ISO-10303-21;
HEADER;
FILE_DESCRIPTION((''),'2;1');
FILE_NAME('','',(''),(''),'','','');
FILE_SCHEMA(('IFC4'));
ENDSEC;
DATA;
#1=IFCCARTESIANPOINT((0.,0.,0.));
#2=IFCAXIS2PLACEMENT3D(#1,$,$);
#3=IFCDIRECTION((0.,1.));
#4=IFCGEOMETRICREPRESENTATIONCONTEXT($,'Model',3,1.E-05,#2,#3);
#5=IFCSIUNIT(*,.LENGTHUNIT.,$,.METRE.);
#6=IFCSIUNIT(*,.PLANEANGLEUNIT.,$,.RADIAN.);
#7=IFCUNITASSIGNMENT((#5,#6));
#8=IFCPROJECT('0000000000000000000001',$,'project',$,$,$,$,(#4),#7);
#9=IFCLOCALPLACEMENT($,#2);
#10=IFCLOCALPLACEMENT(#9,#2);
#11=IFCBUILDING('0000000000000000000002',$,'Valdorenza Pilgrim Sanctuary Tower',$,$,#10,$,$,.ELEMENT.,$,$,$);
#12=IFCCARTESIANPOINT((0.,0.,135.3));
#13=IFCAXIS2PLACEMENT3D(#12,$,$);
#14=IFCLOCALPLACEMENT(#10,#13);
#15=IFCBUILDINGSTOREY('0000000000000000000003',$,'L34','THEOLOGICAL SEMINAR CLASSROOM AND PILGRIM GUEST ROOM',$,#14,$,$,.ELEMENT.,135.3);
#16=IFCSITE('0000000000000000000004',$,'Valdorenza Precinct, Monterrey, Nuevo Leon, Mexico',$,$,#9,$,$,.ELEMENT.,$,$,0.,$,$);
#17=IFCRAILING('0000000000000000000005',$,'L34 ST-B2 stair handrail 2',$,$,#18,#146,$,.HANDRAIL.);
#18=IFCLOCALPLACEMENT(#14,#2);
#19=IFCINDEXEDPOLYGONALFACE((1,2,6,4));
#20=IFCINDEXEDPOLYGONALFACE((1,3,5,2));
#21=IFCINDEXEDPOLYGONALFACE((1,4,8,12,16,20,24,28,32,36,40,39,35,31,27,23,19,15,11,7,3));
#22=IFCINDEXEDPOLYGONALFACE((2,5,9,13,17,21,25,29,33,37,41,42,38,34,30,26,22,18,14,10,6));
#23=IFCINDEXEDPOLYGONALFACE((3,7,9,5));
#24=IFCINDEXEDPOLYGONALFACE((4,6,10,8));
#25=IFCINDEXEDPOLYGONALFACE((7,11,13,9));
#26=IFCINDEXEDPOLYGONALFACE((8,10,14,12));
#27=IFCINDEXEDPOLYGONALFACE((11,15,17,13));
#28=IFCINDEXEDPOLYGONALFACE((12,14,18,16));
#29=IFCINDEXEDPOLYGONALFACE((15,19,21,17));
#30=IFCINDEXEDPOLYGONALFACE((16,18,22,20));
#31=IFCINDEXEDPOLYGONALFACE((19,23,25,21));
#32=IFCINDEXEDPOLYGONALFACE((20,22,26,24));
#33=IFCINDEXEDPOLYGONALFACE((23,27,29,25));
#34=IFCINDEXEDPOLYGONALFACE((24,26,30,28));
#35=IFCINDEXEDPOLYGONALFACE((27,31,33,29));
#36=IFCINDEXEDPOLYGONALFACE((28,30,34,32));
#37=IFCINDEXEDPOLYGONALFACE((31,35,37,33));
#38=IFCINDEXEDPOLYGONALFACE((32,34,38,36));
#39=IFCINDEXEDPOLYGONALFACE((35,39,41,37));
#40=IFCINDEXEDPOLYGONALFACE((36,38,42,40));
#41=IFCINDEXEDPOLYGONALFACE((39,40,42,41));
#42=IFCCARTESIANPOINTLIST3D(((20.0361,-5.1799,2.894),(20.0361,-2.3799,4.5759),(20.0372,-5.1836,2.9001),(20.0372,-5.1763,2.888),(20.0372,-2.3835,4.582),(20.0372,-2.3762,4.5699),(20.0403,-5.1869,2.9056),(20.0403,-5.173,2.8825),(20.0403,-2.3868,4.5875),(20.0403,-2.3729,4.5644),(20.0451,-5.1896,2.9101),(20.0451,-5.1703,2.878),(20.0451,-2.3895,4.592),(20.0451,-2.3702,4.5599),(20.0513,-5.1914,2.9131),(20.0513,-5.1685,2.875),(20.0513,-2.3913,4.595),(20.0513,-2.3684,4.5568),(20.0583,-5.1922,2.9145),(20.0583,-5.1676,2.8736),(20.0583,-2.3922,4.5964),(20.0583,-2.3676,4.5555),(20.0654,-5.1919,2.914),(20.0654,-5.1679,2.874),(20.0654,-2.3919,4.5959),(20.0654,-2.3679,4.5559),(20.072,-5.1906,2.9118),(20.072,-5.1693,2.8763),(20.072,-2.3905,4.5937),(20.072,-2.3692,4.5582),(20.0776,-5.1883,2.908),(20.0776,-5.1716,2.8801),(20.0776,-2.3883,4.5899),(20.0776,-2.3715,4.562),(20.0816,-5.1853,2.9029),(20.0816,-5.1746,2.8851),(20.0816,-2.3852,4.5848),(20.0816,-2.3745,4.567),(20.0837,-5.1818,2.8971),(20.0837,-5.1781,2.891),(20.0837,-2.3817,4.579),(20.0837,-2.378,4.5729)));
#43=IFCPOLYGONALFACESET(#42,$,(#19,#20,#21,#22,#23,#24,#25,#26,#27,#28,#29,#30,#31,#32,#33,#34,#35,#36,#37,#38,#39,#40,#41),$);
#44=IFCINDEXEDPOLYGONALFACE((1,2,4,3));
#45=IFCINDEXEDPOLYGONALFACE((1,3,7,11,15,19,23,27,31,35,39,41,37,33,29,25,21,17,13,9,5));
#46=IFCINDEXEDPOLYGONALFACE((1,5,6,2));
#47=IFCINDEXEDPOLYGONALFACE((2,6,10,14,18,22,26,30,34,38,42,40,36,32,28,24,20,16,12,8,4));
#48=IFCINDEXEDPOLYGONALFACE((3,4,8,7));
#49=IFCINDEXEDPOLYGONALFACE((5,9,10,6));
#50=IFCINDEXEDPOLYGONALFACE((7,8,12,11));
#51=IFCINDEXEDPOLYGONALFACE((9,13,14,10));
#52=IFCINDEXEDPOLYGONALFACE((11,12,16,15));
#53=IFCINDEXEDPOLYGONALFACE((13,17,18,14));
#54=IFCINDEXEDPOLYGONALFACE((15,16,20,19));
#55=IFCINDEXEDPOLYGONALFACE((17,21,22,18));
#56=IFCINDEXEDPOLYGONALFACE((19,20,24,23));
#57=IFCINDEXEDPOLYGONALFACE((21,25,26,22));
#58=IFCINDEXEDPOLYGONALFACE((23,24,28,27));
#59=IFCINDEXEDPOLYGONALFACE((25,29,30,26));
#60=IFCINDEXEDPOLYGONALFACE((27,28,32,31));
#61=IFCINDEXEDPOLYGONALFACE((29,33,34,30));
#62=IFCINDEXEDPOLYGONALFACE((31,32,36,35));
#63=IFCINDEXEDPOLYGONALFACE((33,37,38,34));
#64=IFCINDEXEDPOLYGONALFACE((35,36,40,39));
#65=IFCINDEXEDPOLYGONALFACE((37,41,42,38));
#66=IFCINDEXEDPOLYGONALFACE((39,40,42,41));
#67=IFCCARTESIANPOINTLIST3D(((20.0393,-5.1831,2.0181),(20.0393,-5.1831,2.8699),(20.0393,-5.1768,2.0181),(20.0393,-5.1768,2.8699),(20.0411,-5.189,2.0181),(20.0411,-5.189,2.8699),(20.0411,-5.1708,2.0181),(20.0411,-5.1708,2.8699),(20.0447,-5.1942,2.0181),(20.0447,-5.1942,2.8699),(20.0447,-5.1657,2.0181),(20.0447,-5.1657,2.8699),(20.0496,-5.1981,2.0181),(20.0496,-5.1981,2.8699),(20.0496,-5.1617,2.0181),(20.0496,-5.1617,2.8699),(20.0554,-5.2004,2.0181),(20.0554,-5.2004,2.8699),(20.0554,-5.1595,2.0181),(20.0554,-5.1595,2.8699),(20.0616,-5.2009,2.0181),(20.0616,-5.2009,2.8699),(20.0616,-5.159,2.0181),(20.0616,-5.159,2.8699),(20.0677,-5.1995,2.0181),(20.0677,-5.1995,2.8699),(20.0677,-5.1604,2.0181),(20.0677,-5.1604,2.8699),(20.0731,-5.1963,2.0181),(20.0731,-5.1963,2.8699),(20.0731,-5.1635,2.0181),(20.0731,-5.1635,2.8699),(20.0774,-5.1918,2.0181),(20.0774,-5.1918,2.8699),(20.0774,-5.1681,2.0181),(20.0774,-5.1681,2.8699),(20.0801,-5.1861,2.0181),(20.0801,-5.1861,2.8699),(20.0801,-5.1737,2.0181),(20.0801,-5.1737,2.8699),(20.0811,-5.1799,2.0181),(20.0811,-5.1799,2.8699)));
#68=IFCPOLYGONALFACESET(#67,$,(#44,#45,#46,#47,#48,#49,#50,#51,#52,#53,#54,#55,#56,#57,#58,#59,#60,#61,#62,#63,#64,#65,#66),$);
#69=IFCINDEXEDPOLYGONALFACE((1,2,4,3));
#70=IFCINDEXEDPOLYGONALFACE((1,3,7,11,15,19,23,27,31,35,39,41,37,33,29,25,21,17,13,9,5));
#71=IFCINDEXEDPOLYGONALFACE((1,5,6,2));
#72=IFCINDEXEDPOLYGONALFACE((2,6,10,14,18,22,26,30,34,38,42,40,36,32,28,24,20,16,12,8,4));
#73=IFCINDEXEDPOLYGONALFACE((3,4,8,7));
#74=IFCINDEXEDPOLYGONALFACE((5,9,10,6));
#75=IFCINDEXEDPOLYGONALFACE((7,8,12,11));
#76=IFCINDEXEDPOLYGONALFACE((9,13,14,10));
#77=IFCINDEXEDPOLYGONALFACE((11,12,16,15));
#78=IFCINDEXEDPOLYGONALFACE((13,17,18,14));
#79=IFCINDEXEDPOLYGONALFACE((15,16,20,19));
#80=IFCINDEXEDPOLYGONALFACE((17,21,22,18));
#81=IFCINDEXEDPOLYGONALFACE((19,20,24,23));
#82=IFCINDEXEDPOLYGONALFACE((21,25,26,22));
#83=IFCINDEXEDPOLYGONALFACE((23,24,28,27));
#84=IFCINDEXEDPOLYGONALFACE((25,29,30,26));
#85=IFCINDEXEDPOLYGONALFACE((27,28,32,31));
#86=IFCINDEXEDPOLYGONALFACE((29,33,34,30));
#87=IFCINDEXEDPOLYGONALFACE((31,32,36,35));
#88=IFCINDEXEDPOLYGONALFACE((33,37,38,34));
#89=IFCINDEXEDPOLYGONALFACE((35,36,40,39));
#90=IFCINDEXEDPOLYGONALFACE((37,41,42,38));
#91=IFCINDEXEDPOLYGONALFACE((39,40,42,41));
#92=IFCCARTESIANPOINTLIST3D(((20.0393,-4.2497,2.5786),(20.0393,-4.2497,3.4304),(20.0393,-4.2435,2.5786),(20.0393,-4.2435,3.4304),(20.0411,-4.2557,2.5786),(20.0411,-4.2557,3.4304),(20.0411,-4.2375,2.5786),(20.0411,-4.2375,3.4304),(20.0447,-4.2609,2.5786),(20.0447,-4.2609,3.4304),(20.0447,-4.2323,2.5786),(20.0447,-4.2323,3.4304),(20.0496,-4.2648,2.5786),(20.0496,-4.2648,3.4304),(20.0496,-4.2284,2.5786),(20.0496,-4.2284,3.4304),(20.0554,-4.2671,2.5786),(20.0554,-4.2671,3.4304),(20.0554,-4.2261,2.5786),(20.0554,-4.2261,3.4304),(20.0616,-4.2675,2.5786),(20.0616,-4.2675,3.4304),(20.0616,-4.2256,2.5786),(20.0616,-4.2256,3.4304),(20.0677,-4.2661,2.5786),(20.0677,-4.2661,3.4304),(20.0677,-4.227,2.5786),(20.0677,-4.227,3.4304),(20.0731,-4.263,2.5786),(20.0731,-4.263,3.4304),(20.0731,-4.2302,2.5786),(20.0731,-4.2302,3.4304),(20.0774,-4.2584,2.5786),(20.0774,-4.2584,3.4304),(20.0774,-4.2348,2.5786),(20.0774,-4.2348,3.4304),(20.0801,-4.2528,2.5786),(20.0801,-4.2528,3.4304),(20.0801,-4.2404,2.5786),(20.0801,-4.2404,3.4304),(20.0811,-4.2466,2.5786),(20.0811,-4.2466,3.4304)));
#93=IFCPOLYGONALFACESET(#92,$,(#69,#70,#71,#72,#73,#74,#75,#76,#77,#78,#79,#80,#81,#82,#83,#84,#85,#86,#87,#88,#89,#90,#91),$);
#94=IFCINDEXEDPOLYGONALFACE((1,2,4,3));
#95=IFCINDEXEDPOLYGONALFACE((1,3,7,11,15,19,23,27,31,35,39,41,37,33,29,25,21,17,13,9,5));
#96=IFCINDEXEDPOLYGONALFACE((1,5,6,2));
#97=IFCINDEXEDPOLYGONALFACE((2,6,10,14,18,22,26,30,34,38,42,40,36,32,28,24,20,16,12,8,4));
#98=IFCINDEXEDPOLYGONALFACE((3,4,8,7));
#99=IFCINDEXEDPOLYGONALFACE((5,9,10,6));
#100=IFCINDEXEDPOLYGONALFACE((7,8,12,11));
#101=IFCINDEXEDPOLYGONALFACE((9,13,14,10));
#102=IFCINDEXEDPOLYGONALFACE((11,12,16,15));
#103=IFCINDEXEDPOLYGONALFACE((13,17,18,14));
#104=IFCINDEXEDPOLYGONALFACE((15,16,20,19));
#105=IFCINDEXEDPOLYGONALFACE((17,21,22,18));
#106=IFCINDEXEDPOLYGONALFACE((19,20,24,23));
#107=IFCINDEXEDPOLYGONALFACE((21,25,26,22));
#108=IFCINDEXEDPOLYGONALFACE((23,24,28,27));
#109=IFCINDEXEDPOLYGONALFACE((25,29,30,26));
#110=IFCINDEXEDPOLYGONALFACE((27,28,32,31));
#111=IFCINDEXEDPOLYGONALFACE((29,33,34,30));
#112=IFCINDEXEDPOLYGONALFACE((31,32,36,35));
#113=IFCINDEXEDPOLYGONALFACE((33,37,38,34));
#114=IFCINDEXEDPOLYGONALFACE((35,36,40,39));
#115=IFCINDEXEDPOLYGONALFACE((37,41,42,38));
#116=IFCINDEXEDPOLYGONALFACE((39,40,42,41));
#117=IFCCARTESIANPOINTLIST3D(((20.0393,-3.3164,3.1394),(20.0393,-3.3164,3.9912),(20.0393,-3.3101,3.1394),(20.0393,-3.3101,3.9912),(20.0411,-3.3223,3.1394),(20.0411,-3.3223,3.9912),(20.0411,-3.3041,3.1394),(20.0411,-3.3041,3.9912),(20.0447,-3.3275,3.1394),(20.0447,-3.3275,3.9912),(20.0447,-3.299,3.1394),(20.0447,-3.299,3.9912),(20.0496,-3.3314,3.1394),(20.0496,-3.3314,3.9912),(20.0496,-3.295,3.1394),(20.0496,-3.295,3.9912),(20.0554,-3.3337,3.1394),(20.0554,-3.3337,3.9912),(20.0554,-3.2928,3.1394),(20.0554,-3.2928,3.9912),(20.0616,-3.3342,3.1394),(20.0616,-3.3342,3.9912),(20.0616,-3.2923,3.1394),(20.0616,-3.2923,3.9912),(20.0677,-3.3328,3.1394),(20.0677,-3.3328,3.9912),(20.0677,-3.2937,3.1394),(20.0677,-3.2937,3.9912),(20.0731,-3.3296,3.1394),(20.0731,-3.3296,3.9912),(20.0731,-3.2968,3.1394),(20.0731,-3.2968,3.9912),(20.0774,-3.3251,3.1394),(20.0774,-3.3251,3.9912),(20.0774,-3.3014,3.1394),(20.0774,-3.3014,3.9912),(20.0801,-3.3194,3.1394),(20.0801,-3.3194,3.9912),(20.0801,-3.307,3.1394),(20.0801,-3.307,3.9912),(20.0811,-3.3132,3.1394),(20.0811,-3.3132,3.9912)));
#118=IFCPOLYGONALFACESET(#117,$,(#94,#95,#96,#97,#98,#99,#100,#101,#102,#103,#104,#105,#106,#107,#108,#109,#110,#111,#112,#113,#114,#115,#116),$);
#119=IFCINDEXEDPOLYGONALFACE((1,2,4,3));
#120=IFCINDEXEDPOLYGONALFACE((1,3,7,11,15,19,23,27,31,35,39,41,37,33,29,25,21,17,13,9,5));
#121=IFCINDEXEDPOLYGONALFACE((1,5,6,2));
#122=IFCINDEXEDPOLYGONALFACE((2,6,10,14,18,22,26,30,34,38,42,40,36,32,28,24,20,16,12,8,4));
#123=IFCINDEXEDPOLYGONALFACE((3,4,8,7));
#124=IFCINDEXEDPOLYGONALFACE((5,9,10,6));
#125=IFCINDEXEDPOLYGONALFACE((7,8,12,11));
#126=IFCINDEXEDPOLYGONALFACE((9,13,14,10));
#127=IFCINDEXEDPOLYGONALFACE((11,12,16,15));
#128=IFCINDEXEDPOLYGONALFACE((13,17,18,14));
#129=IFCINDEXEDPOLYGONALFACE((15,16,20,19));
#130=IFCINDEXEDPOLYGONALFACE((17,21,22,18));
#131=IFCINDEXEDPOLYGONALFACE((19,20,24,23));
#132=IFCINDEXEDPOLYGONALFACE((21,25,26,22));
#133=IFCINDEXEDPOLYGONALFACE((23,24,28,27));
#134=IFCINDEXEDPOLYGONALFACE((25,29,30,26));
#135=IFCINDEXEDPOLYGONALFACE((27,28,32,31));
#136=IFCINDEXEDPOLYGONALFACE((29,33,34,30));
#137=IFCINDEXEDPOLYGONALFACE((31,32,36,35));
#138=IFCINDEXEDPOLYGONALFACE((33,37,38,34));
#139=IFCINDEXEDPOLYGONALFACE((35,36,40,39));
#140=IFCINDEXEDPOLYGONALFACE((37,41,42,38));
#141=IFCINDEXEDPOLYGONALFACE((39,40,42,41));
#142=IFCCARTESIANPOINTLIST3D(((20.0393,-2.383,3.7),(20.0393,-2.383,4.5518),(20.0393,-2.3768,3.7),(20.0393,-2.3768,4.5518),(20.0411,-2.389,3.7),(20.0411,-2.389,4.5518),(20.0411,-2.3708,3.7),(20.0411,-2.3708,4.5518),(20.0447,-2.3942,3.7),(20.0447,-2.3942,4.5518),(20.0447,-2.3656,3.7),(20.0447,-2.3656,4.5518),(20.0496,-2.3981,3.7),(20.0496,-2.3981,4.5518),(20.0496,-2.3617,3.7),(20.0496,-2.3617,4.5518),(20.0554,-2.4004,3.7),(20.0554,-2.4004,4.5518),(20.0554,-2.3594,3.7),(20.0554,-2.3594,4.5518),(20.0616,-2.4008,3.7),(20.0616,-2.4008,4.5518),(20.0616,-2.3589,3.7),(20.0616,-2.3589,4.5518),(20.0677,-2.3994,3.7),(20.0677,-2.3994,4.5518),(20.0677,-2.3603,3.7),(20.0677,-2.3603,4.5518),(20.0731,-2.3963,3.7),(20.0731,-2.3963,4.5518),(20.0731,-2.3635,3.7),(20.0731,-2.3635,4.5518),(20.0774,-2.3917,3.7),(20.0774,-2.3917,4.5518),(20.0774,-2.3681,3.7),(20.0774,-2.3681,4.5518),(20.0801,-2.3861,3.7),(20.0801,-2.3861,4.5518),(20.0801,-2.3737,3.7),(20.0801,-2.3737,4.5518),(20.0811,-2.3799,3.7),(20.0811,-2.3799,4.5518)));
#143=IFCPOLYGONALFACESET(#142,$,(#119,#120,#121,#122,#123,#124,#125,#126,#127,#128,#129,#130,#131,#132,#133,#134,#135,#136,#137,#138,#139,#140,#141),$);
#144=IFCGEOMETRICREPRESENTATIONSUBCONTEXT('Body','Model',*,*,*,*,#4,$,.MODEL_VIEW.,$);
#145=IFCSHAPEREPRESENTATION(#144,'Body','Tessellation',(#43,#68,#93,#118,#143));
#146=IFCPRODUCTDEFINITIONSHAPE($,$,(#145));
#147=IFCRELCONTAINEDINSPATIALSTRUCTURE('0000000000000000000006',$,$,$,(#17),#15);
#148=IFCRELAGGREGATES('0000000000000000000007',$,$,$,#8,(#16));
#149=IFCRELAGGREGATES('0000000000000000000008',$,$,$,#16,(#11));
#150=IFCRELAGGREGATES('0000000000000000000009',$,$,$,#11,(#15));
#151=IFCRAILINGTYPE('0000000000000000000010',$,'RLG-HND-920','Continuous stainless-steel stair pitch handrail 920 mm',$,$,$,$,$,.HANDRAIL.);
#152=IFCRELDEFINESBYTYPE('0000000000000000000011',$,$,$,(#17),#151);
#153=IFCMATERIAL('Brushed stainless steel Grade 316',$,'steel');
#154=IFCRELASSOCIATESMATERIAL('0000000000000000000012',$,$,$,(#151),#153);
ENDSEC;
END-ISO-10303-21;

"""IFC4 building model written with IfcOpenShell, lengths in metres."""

from ifc_helpers import new_model, si_unit, direction, frame, origin, origin_2d, place, context, subcontext, project, spatial, circle, extrude, material, type_object, element, save


model = new_model("IFC4")

# Units and contexts
model_context = context("Model", 3, precision=1e-05, world=origin(), true_north=direction((0.0, 1.0)))
body_context = subcontext(model_context, "Body", "Model", "MODEL_VIEW")
ifc_project = project(units=[si_unit("LENGTHUNIT", "METRE"), si_unit("PLANEANGLEUNIT", "RADIAN")], contexts=[model_context])

# Site, building, storey
site_placement = place(None, origin())
site = spatial("IfcSite", under=ifc_project, at=site_placement, Name="Valdorenza Precinct, Monterrey, Nuevo Leon, Mexico", CompositionType="ELEMENT", RefElevation=0.0)
building_placement = place(site_placement, origin())
building = spatial("IfcBuilding", under=site, at=building_placement, Name="Valdorenza Pilgrim Sanctuary Tower", CompositionType="ELEMENT")
storey_placement = place(building_placement, frame((0.0, 0.0, 135.3)))
storey = spatial("IfcBuildingStorey", under=building, at=storey_placement, Name="L34", Description="THEOLOGICAL SEMINAR CLASSROOM AND PILGRIM GUEST ROOM", CompositionType="ELEMENT", Elevation=135.3)

# Railing
ifc_material_1 = material(Name="Brushed stainless steel Grade 316", Category="steel")
railing_type_1 = type_object("IfcRailingType", Name="RLG-HND-920", Description="Continuous stainless-steel stair pitch handrail 920 mm", PredefinedType="HANDRAIL", material=ifc_material_1)
railing_1_placement = place(storey_placement, frame((20.0601, -5.1799, 2.0181)))
element("IfcRailing", 1, at=railing_1_placement, inside=storey, type_object=railing_type_1, Name="L34 ST-B2 stair handrail 2", PredefinedType="HANDRAIL", context=body_context, shape_type="SweptSolid", body=[
    extrude(circle(Radius=0.0239, at=origin_2d()), frame((0.0, 0.0, 0.876), z_axis=(0.0, 0.857242, 0.514913), x_axis=(-1.0, 0.0, 0.0)), (0.0, 0.0, 1.0), 3.2664),
    extrude(circle(Radius=0.021, at=origin_2d()), origin(), (0.0, 0.0, 1.0), 0.8518),
    extrude(circle(Radius=0.021, at=origin_2d()), frame((0.0, 0.9333, 0.5605)), (0.0, 0.0, 1.0), 0.8518),
    extrude(circle(Radius=0.021, at=origin_2d()), frame((0.0, 1.8667, 1.1213)), (0.0, 0.0, 1.0), 0.8518),
    extrude(circle(Radius=0.021, at=origin_2d()), frame((0.0, 2.8, 1.6819)), (0.0, 0.0, 1.0), 0.8518),
])

save(model, "model.ifc")
